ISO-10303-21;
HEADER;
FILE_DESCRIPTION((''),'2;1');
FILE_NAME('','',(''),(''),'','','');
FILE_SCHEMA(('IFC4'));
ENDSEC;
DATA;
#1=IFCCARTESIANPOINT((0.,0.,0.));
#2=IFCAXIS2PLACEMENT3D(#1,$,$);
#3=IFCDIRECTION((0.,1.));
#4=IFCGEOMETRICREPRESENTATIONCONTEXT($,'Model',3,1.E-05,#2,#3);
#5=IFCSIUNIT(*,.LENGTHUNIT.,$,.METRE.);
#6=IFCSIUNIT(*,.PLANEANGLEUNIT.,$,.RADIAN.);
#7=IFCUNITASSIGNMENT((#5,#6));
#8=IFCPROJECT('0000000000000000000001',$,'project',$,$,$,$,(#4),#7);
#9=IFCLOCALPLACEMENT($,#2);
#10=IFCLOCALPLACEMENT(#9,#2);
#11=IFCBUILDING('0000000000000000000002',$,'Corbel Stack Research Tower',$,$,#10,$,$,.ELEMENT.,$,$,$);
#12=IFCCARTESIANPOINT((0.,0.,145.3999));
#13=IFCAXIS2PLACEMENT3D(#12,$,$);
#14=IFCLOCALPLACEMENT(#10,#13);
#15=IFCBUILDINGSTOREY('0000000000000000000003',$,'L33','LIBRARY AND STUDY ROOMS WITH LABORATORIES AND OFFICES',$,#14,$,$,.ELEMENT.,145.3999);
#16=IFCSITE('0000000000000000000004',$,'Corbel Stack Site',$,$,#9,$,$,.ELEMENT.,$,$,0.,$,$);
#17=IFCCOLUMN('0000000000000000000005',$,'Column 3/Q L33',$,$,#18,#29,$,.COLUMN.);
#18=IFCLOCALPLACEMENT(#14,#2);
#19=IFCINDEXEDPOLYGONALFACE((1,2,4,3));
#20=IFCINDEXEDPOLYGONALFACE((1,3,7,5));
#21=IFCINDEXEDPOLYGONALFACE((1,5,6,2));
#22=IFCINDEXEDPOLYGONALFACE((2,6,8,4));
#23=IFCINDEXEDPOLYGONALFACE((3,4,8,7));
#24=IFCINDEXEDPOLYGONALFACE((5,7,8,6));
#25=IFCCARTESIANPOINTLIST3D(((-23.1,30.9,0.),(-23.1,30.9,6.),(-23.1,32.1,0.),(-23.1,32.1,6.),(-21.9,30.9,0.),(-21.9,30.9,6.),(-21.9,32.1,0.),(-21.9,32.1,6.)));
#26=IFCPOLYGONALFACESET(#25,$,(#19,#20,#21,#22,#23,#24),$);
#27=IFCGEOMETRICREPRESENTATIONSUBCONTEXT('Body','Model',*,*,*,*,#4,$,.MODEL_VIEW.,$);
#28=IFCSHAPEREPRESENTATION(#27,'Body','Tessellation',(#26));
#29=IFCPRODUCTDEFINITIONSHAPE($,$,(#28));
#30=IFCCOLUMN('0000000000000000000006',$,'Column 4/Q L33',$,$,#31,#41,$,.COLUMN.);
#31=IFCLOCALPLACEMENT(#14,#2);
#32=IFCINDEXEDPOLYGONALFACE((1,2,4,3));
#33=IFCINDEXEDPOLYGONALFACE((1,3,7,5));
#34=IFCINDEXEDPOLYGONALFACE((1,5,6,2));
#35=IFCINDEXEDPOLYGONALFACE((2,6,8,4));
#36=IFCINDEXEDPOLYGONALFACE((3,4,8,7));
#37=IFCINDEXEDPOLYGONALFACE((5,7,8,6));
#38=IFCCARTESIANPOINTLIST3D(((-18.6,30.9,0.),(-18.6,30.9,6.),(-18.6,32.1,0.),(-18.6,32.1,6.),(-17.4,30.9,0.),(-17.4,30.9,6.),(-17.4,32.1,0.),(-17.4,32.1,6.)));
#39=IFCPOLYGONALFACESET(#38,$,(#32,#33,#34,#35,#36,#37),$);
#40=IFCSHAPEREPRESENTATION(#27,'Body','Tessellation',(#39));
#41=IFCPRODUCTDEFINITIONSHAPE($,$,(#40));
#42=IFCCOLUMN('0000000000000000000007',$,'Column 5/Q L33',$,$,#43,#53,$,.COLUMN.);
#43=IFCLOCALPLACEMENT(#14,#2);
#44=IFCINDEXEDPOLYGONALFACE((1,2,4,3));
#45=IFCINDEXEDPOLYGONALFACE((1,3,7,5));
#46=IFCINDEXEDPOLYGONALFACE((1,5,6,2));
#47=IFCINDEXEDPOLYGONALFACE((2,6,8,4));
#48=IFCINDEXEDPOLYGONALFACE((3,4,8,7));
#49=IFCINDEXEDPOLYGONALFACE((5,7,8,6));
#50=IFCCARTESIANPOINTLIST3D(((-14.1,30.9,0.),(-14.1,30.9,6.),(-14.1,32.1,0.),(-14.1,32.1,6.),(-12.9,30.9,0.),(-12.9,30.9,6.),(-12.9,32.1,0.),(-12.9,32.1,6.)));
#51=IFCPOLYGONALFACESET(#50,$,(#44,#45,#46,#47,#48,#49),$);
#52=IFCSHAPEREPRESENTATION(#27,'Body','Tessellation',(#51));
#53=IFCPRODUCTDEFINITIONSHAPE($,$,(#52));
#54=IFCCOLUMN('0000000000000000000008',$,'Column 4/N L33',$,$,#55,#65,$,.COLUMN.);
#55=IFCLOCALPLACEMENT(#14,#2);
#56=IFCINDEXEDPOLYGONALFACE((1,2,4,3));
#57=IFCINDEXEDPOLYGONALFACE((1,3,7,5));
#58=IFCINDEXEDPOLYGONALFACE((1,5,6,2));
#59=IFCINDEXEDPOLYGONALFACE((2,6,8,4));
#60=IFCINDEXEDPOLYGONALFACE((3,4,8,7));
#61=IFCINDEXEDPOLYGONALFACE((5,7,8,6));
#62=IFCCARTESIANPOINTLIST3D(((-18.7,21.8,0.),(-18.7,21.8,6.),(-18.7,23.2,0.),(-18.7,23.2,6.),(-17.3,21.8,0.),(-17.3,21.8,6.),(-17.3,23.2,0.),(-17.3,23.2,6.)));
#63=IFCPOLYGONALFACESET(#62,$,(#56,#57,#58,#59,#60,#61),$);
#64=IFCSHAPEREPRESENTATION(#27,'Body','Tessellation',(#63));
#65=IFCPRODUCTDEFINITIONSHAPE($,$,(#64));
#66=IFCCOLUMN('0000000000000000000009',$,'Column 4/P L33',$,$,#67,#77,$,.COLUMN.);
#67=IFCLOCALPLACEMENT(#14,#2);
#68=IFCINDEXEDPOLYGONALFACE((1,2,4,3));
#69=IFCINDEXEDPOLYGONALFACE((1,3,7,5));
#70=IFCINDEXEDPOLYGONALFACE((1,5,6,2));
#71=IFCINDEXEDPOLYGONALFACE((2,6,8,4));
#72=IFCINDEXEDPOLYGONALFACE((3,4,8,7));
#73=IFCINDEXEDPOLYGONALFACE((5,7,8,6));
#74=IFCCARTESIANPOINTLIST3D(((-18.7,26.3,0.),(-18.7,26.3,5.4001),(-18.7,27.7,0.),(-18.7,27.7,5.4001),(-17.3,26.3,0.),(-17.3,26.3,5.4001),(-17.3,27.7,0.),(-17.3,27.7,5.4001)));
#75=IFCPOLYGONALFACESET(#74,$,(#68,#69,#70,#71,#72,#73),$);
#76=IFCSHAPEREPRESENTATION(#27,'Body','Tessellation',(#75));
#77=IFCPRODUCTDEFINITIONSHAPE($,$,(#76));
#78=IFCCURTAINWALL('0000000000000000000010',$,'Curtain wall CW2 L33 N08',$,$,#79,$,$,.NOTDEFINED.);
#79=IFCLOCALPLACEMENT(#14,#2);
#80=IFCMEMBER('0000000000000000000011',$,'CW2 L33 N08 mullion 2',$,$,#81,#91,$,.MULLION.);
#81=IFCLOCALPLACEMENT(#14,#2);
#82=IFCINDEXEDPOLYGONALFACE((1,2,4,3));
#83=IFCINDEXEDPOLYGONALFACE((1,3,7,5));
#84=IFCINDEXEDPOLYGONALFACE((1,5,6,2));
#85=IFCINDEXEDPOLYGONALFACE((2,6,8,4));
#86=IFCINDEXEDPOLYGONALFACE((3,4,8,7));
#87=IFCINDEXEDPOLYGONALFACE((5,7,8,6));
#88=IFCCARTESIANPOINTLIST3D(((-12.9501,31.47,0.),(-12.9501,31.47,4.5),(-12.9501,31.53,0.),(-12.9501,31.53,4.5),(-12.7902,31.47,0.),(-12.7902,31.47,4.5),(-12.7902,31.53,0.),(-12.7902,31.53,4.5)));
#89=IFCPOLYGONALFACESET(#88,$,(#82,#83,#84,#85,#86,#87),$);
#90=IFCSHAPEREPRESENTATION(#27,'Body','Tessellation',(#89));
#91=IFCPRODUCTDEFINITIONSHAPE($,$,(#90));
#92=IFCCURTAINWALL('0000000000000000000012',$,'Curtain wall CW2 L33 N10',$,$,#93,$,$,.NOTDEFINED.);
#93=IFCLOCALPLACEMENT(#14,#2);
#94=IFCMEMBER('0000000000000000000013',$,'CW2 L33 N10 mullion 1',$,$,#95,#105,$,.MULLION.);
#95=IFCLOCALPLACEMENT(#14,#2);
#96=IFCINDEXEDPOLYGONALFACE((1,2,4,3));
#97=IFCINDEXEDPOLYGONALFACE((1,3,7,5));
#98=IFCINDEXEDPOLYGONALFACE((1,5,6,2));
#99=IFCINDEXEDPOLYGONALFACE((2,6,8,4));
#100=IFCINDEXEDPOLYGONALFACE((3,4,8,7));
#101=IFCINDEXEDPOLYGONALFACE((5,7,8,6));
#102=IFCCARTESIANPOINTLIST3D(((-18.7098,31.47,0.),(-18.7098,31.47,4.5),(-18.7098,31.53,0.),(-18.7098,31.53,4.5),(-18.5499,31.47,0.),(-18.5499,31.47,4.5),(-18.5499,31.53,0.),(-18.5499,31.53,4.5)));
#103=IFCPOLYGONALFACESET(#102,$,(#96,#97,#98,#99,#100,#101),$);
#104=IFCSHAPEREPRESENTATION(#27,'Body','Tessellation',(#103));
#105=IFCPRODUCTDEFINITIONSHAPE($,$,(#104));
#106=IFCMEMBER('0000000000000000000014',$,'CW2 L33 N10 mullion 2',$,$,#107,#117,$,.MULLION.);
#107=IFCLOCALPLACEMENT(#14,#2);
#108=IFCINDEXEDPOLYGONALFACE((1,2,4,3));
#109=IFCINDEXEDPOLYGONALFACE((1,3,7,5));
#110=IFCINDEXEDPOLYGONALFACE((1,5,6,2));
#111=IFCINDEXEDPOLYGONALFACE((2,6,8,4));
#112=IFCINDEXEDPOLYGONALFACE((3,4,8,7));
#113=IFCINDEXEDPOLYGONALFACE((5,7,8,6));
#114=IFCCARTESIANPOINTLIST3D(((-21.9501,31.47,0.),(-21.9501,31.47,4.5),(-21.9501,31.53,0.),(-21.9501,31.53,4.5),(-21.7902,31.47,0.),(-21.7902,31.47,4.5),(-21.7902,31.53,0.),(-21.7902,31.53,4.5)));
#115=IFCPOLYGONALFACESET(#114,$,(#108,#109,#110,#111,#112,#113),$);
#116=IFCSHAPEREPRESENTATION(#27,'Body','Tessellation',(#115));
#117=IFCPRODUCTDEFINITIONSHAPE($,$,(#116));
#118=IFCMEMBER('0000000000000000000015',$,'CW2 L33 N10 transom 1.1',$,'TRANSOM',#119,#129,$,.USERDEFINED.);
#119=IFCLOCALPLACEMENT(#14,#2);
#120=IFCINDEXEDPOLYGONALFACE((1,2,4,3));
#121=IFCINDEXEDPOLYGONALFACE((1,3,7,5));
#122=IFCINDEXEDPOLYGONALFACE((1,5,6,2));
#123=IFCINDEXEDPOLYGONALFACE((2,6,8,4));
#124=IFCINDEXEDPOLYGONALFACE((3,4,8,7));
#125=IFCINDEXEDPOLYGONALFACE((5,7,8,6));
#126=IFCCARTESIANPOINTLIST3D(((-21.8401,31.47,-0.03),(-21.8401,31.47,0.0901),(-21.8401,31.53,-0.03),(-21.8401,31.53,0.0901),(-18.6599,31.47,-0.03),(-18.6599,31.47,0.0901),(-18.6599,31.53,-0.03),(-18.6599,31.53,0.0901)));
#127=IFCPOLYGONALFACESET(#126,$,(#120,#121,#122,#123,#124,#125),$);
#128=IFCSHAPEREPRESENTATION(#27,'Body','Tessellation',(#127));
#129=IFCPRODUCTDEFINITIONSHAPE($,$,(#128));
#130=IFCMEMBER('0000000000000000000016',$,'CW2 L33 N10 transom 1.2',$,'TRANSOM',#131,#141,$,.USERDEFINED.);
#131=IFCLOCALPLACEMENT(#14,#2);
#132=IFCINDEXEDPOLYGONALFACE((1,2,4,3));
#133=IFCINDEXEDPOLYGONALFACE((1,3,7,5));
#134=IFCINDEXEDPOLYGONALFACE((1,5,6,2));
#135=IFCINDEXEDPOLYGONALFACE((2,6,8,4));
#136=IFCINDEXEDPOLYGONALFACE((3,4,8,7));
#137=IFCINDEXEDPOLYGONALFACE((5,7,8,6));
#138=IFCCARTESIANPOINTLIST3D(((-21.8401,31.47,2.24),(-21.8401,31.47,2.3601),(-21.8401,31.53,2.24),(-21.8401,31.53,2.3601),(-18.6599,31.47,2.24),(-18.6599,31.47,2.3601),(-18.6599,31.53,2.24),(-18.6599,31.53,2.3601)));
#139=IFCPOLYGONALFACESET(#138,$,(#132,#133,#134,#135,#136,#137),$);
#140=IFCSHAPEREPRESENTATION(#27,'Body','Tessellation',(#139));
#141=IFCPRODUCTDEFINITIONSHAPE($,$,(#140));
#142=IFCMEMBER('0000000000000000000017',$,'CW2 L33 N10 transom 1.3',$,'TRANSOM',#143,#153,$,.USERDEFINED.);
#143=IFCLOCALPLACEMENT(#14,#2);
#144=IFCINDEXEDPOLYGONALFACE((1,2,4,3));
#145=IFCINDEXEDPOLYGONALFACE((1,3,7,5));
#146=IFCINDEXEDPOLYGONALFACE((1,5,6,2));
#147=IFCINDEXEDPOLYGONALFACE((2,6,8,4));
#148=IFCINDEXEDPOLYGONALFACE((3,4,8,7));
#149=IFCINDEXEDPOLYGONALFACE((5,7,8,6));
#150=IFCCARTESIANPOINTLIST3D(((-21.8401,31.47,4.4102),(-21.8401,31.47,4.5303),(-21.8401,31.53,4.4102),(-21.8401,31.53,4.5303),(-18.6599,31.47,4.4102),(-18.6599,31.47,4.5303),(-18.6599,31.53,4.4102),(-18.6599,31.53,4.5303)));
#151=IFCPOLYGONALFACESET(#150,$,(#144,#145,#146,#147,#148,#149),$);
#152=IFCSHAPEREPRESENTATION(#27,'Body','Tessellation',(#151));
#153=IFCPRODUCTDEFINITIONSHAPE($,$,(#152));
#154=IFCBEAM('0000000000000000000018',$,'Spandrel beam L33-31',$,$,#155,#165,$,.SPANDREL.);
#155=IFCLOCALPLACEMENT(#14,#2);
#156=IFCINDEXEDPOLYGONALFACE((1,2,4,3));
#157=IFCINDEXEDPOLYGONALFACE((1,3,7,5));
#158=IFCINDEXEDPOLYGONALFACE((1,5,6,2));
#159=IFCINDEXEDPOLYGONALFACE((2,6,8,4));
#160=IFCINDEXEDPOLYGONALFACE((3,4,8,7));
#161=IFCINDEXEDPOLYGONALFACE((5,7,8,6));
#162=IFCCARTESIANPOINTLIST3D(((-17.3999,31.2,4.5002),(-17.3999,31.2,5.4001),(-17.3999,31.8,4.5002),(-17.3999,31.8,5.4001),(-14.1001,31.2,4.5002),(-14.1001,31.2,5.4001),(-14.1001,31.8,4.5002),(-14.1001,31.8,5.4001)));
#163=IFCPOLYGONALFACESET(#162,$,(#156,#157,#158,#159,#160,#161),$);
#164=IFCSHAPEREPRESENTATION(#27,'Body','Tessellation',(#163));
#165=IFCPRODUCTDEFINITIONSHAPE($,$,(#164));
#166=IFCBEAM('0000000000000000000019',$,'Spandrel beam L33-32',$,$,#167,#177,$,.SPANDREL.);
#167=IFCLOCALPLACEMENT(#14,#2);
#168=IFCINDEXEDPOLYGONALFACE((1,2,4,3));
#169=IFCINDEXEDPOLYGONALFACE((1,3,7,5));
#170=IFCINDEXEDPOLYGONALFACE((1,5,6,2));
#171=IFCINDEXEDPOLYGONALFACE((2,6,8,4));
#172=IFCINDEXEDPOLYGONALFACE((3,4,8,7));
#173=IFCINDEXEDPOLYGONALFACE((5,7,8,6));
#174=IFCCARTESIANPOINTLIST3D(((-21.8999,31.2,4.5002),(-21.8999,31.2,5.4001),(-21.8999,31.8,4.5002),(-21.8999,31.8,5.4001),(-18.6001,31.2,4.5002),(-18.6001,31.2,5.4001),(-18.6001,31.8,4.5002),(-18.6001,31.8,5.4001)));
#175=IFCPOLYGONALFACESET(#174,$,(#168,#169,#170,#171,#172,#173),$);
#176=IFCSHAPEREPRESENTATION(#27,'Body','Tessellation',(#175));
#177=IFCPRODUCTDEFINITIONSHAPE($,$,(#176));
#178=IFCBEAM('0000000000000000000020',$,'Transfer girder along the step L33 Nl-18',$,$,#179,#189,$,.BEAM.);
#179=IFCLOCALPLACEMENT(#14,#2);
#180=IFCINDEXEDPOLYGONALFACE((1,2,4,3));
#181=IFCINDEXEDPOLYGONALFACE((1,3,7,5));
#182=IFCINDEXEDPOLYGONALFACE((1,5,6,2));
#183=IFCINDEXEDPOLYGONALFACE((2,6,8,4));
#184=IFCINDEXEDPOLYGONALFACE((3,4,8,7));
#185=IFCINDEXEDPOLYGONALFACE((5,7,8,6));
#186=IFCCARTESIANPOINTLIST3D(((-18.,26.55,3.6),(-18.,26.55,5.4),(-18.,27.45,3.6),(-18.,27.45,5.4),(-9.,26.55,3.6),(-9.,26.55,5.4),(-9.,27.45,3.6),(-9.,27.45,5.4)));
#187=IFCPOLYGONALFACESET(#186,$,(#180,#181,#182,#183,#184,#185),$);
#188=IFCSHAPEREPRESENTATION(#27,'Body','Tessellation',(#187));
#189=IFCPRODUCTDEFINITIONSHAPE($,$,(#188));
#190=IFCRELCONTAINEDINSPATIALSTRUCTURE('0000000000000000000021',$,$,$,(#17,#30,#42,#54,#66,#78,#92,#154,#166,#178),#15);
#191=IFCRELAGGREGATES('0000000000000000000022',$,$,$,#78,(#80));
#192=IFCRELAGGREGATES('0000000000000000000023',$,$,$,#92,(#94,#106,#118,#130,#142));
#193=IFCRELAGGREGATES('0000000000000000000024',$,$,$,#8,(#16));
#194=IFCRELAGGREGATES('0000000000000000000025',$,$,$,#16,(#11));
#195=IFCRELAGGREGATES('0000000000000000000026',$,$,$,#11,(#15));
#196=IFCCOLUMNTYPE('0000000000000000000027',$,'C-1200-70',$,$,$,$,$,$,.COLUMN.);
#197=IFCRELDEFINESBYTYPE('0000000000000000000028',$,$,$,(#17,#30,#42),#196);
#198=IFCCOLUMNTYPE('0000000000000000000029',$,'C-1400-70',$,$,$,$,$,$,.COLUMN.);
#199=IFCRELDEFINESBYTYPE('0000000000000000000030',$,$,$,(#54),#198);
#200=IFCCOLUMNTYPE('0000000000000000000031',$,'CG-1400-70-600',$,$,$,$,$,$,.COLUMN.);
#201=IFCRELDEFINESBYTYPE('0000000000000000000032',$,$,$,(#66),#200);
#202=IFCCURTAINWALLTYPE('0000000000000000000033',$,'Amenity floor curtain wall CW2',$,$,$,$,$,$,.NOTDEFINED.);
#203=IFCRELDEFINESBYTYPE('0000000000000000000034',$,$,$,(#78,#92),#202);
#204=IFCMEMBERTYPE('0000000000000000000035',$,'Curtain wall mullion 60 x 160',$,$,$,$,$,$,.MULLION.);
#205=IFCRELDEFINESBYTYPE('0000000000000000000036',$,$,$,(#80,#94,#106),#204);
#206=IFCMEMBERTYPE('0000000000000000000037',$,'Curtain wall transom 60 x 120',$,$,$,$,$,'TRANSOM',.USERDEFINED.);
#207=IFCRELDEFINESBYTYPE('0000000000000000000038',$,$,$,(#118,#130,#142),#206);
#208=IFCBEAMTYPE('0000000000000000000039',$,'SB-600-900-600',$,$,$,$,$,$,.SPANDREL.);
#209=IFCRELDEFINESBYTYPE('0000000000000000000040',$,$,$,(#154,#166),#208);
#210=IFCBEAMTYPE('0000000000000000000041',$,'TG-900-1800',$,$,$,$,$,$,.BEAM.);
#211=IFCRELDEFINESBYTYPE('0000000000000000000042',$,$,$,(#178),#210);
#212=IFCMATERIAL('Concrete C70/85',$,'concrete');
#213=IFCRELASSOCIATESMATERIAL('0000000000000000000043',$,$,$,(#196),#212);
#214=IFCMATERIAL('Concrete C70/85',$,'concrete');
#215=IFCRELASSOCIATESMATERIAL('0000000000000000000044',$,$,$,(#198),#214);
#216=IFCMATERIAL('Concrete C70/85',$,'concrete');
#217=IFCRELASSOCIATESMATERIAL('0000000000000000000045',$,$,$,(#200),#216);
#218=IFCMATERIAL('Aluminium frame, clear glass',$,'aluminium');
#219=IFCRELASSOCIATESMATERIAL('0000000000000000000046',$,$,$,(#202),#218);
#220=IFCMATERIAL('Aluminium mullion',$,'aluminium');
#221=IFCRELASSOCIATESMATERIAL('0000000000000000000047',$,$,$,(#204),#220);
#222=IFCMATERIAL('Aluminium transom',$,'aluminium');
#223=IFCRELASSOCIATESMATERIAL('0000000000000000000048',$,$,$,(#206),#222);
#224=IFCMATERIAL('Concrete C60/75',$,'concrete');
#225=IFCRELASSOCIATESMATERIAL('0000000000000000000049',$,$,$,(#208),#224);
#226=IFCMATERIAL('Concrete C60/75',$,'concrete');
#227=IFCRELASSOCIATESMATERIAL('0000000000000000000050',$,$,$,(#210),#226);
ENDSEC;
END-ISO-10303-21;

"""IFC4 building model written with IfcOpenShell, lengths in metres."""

from ifc_helpers import new_model, si_unit, direction, frame, origin, origin_2d, place, context, subcontext, project, spatial, rectangle, extrude, material, material_profile, profile_set, type_object, element, aggregate, save


model = new_model("IFC4")

# Units and contexts
model_context = context("Model", 3, precision=1e-05, world=origin(), true_north=direction((0.0, 1.0)))
body_context = subcontext(model_context, "Body", "Model", "MODEL_VIEW")
ifc_project = project(units=[si_unit("LENGTHUNIT", "METRE"), si_unit("PLANEANGLEUNIT", "RADIAN")], contexts=[model_context])

# Site, building, storey
site_placement = place(None, origin())
site = spatial("IfcSite", under=ifc_project, at=site_placement, Name="Corbel Stack Site", CompositionType="ELEMENT", RefElevation=0.0)
building_placement = place(site_placement, origin())
building = spatial("IfcBuilding", under=site, at=building_placement, Name="Corbel Stack Research Tower", CompositionType="ELEMENT")
storey_placement = place(building_placement, frame((0.0, 0.0, 145.3999)))
storey = spatial("IfcBuildingStorey", under=building, at=storey_placement, Name="L33", Description="LIBRARY AND STUDY ROOMS WITH LABORATORIES AND OFFICES", CompositionType="ELEMENT", Elevation=145.3999)

# Columns
ifc_material_1 = material(Name="Concrete C70/85", Category="concrete")
ifc_material_profile_1 = material_profile(ifc_material_1, rectangle(XDim=1.2, YDim=1.2, at=origin_2d()), Name="RC 1200 x 1200")
ifc_profile_set_1 = profile_set([ifc_material_profile_1], Name="Concrete C70/85")
column_type_1 = type_object("IfcColumnType", Name="C-1200-70", PredefinedType="COLUMN", material=ifc_profile_set_1)
for number, where, z_axis, x_axis, name in (
    (1, (-22.5, 31.5, 0.0), (0.0, 0.0, 1.0), (1.0, 0.0, 0.0), "Column 3/Q L33"),
    (2, (-18.0, 31.5, 0.0), (0.0, 0.0, 1.0), (1.0, 0.0, 0.0), "Column 4/Q L33"),
    (3, (-13.5, 31.5, 0.0), (0.0, 0.0, 1.0), (1.0, 0.0, 0.0), "Column 5/Q L33"),
):
    element("IfcColumn", number, at=place(storey_placement, frame(where, z_axis=z_axis, x_axis=x_axis)), inside=storey, type_object=column_type_1, Name=name, PredefinedType="COLUMN", context=body_context, shape_type="SweptSolid", body=[
        extrude(rectangle(XDim=1.2, YDim=1.2, at=origin_2d()), origin(), (0.0, 0.0, 1.0), 6.0),
    ])
ifc_material_2 = material(Name="Concrete C70/85", Category="concrete")
ifc_material_profile_2 = material_profile(ifc_material_2, rectangle(XDim=1.3999, YDim=1.3999, at=origin_2d()), Name="RC 1400 x 1400")
ifc_profile_set_2 = profile_set([ifc_material_profile_2], Name="Concrete C70/85")
column_type_2 = type_object("IfcColumnType", Name="C-1400-70", PredefinedType="COLUMN", material=ifc_profile_set_2)
column_1_placement = place(storey_placement, frame((-18.0, 22.5, 0.0), z_axis=(0.0, 0.0, 1.0), x_axis=(1.0, 0.0, 0.0)))
element("IfcColumn", 4, at=column_1_placement, inside=storey, type_object=column_type_2, Name="Column 4/N L33", PredefinedType="COLUMN", context=body_context, shape_type="SweptSolid", body=[
    extrude(rectangle(XDim=1.3999, YDim=1.3999, at=origin_2d()), origin(), (0.0, 0.0, 1.0), 6.0),
])
ifc_material_3 = material(Name="Concrete C70/85", Category="concrete")
ifc_material_profile_3 = material_profile(ifc_material_3, rectangle(XDim=1.3999, YDim=1.3999, at=origin_2d()), Name="RC 1400 x 1400")
ifc_profile_set_3 = profile_set([ifc_material_profile_3], Name="Concrete C70/85")
column_type_3 = type_object("IfcColumnType", Name="CG-1400-70-600", PredefinedType="COLUMN", material=ifc_profile_set_3)
column_2_placement = place(storey_placement, frame((-18.0, 27.0, 0.0), z_axis=(0.0, 0.0, 1.0), x_axis=(1.0, 0.0, 0.0)))
element("IfcColumn", 5, at=column_2_placement, inside=storey, type_object=column_type_3, Name="Column 4/P L33", PredefinedType="COLUMN", context=body_context, shape_type="SweptSolid", body=[
    extrude(rectangle(XDim=1.3999, YDim=1.3999, at=origin_2d()), origin(), (0.0, 0.0, 1.0), 5.4001),
])

# Curtain wall, member
ifc_material_4 = material(Name="Aluminium frame, clear glass", Category="aluminium")
curtain_wall_type = type_object("IfcCurtainWallType", Name="Amenity floor curtain wall CW2", PredefinedType="NOTDEFINED", material=ifc_material_4)
curtain_wall_1_placement = place(storey_placement, origin())
curtain_wall_1 = element("IfcCurtainWall", 6, at=curtain_wall_1_placement, inside=storey, type_object=curtain_wall_type, Name="Curtain wall CW2 L33 N08", PredefinedType="NOTDEFINED")
ifc_material_5 = material(Name="Aluminium mullion", Category="aluminium")
ifc_material_profile_4 = material_profile(ifc_material_5, rectangle(XDim=0.0601, YDim=0.1599, at=origin_2d()), Name="Mullion 60 x 160")
ifc_profile_set_4 = profile_set([ifc_material_profile_4], Name="Aluminium mullion")
member_type_1 = type_object("IfcMemberType", Name="Curtain wall mullion 60 x 160", PredefinedType="MULLION", material=ifc_profile_set_4)
member_1_placement = place(storey_placement, frame((-12.8701, 31.5, 0.0), z_axis=(0.0, 0.0, 1.0), x_axis=(0.0, -1.0, 0.0)))
member_1 = element("IfcMember", 7, at=member_1_placement, type_object=member_type_1, Name="CW2 L33 N08 mullion 2", PredefinedType="MULLION", context=body_context, shape_type="SweptSolid", body=[
    extrude(rectangle(XDim=0.0601, YDim=0.1599, at=origin_2d()), origin(), (0.0, 0.0, 1.0), 4.5),
])
aggregate(curtain_wall_1, [member_1])

# Curtain wall, members
curtain_wall_2_placement = place(storey_placement, origin())
curtain_wall_2 = element("IfcCurtainWall", 8, at=curtain_wall_2_placement, inside=storey, type_object=curtain_wall_type, Name="Curtain wall CW2 L33 N10", PredefinedType="NOTDEFINED")
member_2_placement = place(storey_placement, frame((-18.6299, 31.5, 0.0), z_axis=(0.0, 0.0, 1.0), x_axis=(0.0, -1.0, 0.0)))
member_2 = element("IfcMember", 9, at=member_2_placement, type_object=member_type_1, Name="CW2 L33 N10 mullion 1", PredefinedType="MULLION", context=body_context, shape_type="SweptSolid", body=[
    extrude(rectangle(XDim=0.0601, YDim=0.1599, at=origin_2d()), origin(), (0.0, 0.0, 1.0), 4.5),
])
member_3_placement = place(storey_placement, frame((-21.8701, 31.5, 0.0), z_axis=(0.0, 0.0, 1.0), x_axis=(0.0, -1.0, 0.0)))
member_3 = element("IfcMember", 10, at=member_3_placement, type_object=member_type_1, Name="CW2 L33 N10 mullion 2", PredefinedType="MULLION", context=body_context, shape_type="SweptSolid", body=[
    extrude(rectangle(XDim=0.0601, YDim=0.1599, at=origin_2d()), origin(), (0.0, 0.0, 1.0), 4.5),
])
ifc_material_6 = material(Name="Aluminium transom", Category="aluminium")
ifc_material_profile_5 = material_profile(ifc_material_6, rectangle(XDim=0.0601, YDim=0.1201, at=origin_2d()), Name="Transom 60 x 120")
ifc_profile_set_5 = profile_set([ifc_material_profile_5], Name="Aluminium transom")
member_type_2 = type_object("IfcMemberType", Name="Curtain wall transom 60 x 120", ElementType="TRANSOM", PredefinedType="USERDEFINED", material=ifc_profile_set_5)
member_4_placement = place(storey_placement, frame((-18.6599, 31.5, 0.03), z_axis=(-1.0, 0.0, 0.0), x_axis=(0.0, -1.0, 0.0)))
member_4 = element("IfcMember", 11, at=member_4_placement, type_object=member_type_2, Name="CW2 L33 N10 transom 1.1", ObjectType="TRANSOM", PredefinedType="USERDEFINED", context=body_context, shape_type="SweptSolid", body=[
    extrude(rectangle(XDim=0.0601, YDim=0.1201, at=origin_2d()), origin(), (0.0, 0.0, 1.0), 3.1802),
])
member_5_placement = place(storey_placement, frame((-18.6599, 31.5, 2.3), z_axis=(-1.0, 0.0, 0.0), x_axis=(0.0, -1.0, 0.0)))
member_5 = element("IfcMember", 12, at=member_5_placement, type_object=member_type_2, Name="CW2 L33 N10 transom 1.2", ObjectType="TRANSOM", PredefinedType="USERDEFINED", context=body_context, shape_type="SweptSolid", body=[
    extrude(rectangle(XDim=0.0601, YDim=0.1201, at=origin_2d()), origin(), (0.0, 0.0, 1.0), 3.1802),
])
member_6_placement = place(storey_placement, frame((-18.6599, 31.5, 4.4702), z_axis=(-1.0, 0.0, 0.0), x_axis=(0.0, -1.0, 0.0)))
member_6 = element("IfcMember", 13, at=member_6_placement, type_object=member_type_2, Name="CW2 L33 N10 transom 1.3", ObjectType="TRANSOM", PredefinedType="USERDEFINED", context=body_context, shape_type="SweptSolid", body=[
    extrude(rectangle(XDim=0.0601, YDim=0.1201, at=origin_2d()), origin(), (0.0, 0.0, 1.0), 3.1802),
])

# Beams
ifc_material_7 = material(Name="Concrete C60/75", Category="concrete")
ifc_material_profile_6 = material_profile(ifc_material_7, rectangle(XDim=0.6001, YDim=0.8999, at=origin_2d()), Name="RC 600 x 900")
ifc_profile_set_6 = profile_set([ifc_material_profile_6], Name="Concrete C60/75")
beam_type_1 = type_object("IfcBeamType", Name="SB-600-900-600", PredefinedType="SPANDREL", material=ifc_profile_set_6)
for number, where, z_axis, x_axis, name in (
    (14, (-14.1001, 31.5, 4.9502), (-1.0, 0.0, 0.0), (0.0, -1.0, 0.0), "Spandrel beam L33-31"),
    (15, (-18.6001, 31.5, 4.9502), (-1.0, 0.0, 0.0), (0.0, -1.0, 0.0), "Spandrel beam L33-32"),
):
    element("IfcBeam", number, at=place(storey_placement, frame(where, z_axis=z_axis, x_axis=x_axis)), inside=storey, type_object=beam_type_1, Name=name, PredefinedType="SPANDREL", context=body_context, shape_type="SweptSolid", body=[
        extrude(rectangle(XDim=0.6001, YDim=0.8999, at=origin_2d()), origin(), (0.0, 0.0, 1.0), 3.2998),
    ])
ifc_material_8 = material(Name="Concrete C60/75", Category="concrete")
ifc_material_profile_7 = material_profile(ifc_material_8, rectangle(XDim=0.8999, YDim=1.8, at=origin_2d()), Name="RC 900 x 1800")
ifc_profile_set_7 = profile_set([ifc_material_profile_7], Name="Concrete C60/75")
beam_type_2 = type_object("IfcBeamType", Name="TG-900-1800", PredefinedType="BEAM", material=ifc_profile_set_7)
beam_placement = place(storey_placement, frame((-18.0, 27.0, 4.5), z_axis=(1.0, 0.0, 0.0), x_axis=(0.0, 1.0, 0.0)))
element("IfcBeam", 16, at=beam_placement, inside=storey, type_object=beam_type_2, Name="Transfer girder along the step L33 Nl-18", PredefinedType="BEAM", context=body_context, shape_type="SweptSolid", body=[
    extrude(rectangle(XDim=0.8999, YDim=1.8, at=origin_2d()), origin(), (0.0, 0.0, 1.0), 9.0),
])

aggregate(curtain_wall_2, [member_2, member_3, member_4, member_5, member_6])

save(model, "model.ifc")
